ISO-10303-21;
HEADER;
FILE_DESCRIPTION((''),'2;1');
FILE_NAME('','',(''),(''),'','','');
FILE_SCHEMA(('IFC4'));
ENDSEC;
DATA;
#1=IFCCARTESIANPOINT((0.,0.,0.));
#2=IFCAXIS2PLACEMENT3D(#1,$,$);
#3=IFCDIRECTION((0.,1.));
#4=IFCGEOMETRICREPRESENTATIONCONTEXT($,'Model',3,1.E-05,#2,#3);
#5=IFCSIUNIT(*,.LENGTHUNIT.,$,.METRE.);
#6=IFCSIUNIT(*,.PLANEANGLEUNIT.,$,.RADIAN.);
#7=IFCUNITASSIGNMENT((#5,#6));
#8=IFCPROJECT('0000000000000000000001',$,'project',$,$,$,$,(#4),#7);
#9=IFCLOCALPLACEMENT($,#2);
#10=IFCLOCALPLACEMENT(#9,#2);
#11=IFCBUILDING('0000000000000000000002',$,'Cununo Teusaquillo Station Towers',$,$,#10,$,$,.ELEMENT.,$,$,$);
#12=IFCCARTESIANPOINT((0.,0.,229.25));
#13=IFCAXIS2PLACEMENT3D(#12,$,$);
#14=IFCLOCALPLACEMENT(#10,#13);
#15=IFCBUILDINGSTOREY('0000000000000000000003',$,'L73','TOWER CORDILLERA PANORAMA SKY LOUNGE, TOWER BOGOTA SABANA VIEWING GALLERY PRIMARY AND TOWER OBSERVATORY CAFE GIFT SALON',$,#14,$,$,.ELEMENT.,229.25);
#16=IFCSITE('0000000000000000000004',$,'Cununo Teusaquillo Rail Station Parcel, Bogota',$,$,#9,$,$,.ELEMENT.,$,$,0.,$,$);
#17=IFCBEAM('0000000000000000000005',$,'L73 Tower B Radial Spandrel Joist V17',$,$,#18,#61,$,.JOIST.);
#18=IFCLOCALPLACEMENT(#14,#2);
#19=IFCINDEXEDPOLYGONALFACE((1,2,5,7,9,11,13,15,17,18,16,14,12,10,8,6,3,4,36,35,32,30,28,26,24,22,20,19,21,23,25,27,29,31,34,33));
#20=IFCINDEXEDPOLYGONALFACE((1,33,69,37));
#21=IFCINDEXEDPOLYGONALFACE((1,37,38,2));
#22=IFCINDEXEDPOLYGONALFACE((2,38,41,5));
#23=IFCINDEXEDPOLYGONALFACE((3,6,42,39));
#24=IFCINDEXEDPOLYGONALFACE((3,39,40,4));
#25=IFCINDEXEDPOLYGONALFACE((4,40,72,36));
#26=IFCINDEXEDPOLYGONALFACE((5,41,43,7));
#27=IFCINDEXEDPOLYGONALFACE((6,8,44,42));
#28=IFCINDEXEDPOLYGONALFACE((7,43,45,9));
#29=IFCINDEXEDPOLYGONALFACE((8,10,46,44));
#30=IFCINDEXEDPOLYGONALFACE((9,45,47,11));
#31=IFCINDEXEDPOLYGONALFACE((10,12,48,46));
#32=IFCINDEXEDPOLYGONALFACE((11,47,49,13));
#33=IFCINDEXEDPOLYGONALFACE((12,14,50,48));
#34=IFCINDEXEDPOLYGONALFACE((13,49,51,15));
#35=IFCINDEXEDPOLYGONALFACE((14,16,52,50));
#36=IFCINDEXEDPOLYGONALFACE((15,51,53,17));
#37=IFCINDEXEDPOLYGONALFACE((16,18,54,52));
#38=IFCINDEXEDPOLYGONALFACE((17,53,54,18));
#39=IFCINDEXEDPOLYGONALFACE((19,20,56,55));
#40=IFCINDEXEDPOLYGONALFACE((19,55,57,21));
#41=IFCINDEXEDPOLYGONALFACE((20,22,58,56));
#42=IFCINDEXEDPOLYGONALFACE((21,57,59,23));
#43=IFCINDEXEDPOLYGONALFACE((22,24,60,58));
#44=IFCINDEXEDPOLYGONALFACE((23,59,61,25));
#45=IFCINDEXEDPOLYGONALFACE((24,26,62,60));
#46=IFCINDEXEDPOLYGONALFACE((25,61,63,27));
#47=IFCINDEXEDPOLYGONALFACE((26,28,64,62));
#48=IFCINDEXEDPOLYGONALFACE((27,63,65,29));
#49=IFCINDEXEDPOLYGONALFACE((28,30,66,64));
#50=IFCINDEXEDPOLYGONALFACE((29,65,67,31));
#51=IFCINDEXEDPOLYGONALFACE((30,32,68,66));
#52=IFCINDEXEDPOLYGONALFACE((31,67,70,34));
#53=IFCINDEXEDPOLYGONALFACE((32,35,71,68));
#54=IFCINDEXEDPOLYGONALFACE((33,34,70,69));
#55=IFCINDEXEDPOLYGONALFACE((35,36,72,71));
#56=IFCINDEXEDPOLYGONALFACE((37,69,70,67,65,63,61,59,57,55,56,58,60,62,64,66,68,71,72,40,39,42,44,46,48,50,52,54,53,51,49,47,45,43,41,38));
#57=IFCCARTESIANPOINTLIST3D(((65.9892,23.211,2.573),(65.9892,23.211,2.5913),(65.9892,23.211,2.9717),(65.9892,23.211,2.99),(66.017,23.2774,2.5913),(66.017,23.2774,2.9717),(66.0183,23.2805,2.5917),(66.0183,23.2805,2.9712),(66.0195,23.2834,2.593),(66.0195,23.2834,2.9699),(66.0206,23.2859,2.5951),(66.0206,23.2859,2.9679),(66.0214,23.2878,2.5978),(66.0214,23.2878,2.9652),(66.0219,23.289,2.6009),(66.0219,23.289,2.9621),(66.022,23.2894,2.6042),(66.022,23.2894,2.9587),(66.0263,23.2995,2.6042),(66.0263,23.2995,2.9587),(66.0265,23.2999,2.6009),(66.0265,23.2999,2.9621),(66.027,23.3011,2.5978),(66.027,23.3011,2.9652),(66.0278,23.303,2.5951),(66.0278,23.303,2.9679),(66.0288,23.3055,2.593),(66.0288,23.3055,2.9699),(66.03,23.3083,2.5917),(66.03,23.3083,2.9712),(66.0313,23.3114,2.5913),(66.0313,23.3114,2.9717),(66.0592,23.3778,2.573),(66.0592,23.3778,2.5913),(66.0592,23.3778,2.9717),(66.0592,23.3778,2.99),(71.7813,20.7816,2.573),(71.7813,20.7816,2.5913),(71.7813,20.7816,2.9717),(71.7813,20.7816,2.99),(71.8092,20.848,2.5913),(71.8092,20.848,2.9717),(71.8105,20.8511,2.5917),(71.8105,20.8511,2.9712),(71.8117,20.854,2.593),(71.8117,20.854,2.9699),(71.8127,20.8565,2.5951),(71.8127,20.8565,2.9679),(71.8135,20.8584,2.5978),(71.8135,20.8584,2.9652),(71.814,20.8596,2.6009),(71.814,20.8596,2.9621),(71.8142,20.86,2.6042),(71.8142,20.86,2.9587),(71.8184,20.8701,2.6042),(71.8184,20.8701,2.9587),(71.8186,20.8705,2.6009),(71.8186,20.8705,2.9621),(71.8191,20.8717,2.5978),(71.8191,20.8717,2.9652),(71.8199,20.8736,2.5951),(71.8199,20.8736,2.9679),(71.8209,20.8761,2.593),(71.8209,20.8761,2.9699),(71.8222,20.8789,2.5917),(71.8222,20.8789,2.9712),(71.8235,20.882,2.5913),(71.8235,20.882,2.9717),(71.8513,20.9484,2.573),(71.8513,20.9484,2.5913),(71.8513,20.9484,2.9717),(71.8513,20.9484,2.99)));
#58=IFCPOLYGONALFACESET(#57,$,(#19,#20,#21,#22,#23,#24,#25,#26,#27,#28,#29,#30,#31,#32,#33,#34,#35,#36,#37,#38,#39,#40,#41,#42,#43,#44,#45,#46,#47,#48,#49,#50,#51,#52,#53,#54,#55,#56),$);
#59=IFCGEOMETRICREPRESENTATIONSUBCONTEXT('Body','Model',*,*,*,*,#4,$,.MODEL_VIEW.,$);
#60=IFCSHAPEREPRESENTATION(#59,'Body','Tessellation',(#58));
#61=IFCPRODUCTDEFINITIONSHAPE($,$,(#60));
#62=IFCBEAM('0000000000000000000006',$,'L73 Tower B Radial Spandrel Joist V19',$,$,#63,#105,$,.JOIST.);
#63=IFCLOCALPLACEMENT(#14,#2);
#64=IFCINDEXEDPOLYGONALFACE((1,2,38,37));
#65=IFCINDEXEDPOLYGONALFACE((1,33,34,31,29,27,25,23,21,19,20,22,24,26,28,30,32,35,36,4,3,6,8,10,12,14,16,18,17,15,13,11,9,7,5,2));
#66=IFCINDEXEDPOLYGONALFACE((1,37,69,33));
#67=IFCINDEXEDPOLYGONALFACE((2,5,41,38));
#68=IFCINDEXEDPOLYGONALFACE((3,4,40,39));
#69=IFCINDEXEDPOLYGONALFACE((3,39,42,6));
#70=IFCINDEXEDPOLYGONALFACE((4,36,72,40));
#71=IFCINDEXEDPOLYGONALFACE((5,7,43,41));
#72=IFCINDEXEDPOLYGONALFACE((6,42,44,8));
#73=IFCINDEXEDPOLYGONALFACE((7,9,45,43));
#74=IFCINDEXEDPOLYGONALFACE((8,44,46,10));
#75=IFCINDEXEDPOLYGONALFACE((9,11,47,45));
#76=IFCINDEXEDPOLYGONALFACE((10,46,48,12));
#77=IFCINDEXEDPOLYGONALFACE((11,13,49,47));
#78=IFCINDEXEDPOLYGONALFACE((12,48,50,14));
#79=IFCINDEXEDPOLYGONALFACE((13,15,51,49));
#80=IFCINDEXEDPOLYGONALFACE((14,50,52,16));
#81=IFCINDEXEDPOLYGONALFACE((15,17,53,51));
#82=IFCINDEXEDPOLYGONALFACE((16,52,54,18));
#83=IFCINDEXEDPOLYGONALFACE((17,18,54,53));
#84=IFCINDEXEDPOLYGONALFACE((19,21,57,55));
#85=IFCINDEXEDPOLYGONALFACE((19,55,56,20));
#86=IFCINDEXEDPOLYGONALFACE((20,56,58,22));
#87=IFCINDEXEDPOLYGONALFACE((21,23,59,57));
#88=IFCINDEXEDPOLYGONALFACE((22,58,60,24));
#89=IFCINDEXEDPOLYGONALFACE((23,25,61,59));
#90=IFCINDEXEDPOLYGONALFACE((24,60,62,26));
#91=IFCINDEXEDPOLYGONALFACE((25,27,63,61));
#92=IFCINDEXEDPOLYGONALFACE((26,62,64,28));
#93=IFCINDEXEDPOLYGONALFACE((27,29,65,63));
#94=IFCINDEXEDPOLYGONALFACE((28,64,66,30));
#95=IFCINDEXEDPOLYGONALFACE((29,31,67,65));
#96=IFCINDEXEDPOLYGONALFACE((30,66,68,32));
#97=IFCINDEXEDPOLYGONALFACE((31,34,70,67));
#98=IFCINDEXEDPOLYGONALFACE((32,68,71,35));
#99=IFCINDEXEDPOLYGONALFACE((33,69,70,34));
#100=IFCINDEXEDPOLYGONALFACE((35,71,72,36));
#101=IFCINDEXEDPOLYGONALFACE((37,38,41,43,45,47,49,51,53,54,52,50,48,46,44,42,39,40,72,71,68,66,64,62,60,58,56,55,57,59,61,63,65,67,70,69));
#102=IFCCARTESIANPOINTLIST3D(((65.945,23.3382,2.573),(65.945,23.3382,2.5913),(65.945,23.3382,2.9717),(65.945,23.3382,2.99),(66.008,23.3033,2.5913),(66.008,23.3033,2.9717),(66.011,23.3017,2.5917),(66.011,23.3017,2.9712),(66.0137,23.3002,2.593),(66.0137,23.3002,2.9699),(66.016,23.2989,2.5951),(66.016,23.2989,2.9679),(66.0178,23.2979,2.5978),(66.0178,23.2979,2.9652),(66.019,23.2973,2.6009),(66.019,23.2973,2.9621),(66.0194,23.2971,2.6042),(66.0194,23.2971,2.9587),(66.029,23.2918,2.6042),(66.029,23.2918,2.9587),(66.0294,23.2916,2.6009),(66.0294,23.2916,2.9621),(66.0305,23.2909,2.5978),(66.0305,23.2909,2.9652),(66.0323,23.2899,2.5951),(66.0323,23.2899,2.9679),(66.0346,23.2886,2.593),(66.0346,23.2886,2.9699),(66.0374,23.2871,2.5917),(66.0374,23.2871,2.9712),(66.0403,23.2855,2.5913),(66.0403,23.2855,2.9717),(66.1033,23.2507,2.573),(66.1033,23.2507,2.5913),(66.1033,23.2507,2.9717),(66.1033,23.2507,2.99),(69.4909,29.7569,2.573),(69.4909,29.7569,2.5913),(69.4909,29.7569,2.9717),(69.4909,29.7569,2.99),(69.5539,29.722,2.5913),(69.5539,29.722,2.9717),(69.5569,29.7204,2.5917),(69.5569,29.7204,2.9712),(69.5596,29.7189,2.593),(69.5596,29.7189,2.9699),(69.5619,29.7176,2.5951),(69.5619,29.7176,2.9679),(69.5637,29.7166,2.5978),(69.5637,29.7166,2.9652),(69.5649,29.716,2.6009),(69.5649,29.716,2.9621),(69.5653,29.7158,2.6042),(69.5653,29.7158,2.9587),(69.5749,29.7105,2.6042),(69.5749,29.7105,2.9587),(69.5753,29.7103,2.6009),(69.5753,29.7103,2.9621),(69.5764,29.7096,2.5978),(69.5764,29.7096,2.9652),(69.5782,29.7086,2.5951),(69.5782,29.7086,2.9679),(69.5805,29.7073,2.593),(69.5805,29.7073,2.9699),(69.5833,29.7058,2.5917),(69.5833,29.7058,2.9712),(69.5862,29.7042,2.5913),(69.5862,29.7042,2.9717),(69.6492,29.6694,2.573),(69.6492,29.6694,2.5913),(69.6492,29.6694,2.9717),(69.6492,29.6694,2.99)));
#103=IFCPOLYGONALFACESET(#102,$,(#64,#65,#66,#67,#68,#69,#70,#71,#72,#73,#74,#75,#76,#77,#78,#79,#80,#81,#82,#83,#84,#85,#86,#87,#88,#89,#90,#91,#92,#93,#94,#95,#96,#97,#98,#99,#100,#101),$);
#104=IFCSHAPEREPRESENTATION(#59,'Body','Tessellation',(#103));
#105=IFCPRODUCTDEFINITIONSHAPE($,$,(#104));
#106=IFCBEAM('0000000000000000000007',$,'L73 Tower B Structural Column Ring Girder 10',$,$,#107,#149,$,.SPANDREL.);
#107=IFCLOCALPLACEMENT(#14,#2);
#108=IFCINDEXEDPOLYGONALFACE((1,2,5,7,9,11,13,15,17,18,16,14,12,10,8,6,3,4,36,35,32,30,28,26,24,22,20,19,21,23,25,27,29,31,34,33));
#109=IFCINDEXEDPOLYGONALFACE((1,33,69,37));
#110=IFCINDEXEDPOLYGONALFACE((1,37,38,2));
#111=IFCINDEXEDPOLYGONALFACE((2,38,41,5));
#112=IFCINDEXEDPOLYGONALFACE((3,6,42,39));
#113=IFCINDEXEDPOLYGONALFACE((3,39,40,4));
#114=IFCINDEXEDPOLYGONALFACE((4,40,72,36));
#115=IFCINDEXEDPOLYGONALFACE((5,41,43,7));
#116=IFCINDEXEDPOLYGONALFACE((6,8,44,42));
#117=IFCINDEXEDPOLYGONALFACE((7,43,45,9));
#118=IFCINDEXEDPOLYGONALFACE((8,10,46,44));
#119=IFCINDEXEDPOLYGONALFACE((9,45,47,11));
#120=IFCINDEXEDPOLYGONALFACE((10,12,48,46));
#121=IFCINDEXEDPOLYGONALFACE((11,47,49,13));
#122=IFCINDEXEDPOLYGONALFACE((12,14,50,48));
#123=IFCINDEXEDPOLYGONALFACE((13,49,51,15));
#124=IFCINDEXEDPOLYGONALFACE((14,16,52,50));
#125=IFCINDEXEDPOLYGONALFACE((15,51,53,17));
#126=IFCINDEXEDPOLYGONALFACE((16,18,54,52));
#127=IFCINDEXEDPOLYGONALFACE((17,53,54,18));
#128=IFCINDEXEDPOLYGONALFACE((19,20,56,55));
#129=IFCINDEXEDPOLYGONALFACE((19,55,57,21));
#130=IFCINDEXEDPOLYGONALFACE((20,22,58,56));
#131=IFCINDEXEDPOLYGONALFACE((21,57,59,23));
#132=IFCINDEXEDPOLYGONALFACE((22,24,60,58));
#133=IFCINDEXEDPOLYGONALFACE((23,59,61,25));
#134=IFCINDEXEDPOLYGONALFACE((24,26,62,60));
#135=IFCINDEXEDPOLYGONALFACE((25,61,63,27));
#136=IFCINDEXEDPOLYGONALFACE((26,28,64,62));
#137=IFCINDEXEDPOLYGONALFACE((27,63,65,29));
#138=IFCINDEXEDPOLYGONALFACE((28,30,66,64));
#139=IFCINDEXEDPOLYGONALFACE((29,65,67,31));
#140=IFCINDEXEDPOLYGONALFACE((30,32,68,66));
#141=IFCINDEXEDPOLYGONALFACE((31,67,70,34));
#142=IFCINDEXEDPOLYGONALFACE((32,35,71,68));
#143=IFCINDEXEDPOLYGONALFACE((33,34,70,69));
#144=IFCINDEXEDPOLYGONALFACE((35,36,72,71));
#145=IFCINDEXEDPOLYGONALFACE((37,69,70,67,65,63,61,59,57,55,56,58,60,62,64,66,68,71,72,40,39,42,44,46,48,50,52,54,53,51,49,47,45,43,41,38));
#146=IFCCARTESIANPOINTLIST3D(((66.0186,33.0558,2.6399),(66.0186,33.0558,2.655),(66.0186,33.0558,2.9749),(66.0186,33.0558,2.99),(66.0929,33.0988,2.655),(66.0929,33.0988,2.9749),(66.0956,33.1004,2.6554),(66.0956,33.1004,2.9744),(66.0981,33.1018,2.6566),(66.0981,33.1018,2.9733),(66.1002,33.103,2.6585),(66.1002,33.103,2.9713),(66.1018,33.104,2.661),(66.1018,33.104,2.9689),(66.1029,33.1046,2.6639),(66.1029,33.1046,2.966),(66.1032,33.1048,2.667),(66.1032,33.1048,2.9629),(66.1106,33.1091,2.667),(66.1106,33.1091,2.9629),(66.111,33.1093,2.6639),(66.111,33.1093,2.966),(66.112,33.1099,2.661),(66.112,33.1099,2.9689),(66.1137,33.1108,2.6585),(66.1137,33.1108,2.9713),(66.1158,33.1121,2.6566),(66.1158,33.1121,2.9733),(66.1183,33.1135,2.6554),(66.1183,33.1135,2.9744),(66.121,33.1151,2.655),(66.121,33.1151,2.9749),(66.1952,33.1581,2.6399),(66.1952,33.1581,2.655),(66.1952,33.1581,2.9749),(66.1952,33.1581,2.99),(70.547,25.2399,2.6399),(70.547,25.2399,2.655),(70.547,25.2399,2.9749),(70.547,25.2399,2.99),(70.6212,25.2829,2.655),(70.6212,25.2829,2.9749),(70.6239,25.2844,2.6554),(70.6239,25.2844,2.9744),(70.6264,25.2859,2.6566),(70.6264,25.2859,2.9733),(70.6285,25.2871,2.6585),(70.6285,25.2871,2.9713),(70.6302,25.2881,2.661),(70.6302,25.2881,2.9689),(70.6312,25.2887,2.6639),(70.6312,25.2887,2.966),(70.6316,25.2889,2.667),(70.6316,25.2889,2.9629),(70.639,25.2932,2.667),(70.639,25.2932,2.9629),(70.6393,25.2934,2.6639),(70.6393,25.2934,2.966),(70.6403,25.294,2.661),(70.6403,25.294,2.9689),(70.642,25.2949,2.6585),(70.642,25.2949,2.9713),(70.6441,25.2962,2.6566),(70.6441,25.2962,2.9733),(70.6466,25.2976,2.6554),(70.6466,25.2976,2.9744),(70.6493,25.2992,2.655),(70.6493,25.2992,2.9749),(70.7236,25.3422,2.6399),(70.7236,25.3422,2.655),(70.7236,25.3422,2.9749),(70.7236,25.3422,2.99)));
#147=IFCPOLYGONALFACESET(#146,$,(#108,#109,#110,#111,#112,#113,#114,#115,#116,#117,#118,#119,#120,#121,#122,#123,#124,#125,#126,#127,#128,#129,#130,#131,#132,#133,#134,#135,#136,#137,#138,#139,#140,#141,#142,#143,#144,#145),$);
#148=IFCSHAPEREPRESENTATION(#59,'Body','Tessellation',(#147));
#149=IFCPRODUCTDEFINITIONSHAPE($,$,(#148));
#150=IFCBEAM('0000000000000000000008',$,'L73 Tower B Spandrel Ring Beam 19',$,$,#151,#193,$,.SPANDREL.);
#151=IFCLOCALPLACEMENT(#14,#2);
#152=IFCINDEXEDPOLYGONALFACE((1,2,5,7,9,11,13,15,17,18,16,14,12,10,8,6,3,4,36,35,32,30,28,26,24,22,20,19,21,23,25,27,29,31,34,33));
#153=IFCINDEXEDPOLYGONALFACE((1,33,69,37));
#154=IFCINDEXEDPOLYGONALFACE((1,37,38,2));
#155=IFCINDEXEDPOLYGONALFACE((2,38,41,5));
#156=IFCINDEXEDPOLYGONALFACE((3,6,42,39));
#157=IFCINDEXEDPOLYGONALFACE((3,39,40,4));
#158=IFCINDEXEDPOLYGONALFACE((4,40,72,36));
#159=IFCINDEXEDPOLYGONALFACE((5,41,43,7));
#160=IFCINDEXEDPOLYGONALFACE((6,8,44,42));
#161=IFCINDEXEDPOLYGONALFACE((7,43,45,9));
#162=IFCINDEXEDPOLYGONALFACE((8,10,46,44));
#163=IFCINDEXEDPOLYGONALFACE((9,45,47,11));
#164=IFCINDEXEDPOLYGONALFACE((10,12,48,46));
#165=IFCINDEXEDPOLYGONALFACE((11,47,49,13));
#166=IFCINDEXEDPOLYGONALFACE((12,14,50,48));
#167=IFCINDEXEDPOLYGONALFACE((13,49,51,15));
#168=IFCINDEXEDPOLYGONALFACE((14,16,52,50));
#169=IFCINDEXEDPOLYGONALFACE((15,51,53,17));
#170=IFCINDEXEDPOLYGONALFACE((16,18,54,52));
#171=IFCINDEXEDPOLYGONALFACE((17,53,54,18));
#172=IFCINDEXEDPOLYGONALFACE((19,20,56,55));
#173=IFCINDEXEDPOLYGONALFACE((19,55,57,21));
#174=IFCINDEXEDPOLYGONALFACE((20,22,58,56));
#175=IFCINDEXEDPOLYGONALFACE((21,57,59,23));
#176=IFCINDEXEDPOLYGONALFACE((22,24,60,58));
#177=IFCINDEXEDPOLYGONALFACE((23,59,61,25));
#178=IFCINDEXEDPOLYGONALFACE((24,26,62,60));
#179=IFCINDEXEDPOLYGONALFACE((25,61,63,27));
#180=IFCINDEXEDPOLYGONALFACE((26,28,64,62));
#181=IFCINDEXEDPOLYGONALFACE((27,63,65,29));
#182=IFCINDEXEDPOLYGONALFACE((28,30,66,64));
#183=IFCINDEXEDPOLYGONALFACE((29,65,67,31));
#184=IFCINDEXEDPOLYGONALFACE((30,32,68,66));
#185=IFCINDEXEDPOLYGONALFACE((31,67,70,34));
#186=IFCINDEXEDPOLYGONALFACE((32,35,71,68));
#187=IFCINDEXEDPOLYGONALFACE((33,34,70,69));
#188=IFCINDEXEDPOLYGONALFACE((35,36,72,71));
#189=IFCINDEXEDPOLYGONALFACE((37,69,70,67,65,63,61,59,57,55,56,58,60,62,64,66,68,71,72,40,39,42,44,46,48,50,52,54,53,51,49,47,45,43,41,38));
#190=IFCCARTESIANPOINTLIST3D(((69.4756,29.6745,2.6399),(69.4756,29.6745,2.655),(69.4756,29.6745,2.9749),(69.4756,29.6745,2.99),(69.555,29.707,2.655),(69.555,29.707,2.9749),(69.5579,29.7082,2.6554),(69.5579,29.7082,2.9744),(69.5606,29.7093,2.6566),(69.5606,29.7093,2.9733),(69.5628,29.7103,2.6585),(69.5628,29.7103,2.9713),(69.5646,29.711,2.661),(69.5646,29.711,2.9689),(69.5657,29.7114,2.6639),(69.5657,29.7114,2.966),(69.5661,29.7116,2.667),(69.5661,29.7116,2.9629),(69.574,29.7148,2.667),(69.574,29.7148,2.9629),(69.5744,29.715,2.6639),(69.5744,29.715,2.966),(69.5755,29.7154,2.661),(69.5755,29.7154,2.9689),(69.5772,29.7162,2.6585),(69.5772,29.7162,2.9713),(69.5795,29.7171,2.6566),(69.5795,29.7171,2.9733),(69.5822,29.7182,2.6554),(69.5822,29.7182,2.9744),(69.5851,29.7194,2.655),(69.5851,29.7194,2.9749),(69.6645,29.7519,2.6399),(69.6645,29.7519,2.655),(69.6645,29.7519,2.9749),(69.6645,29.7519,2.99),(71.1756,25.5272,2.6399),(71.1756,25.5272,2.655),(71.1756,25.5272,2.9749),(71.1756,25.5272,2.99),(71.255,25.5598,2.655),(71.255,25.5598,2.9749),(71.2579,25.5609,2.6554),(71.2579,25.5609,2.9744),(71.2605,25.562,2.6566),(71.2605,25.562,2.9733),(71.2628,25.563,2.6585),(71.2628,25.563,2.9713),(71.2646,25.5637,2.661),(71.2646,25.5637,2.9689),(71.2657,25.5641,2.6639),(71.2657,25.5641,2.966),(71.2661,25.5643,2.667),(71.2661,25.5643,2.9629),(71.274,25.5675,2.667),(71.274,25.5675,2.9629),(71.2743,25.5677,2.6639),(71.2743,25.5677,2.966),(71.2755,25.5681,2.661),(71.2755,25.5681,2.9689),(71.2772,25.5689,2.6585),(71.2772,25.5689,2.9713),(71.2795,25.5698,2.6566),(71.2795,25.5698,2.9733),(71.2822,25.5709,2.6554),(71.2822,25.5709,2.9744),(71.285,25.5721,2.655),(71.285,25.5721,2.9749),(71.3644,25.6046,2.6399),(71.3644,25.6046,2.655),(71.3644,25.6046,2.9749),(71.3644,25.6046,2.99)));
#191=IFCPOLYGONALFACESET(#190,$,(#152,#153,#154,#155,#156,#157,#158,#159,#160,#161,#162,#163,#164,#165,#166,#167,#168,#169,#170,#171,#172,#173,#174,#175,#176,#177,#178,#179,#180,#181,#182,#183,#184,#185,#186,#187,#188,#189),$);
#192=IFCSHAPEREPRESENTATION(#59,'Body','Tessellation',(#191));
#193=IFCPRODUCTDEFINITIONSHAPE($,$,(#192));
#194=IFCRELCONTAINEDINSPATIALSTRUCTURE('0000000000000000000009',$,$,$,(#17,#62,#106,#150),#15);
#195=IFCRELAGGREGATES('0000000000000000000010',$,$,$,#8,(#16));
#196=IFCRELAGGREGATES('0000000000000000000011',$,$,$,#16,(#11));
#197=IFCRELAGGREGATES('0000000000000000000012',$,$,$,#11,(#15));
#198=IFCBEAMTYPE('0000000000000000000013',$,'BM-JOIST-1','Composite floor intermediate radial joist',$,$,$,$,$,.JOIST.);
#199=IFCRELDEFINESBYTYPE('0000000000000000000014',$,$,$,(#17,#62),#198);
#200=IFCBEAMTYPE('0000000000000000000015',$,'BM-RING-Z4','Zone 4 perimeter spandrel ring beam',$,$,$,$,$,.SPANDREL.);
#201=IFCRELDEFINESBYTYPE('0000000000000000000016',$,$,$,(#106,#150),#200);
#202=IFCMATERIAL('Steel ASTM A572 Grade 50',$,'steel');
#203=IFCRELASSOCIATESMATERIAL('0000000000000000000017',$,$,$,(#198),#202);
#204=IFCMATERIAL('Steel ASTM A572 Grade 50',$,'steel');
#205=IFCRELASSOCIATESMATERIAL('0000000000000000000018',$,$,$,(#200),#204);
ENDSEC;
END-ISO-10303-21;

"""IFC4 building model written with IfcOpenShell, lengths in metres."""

from ifc_helpers import new_model, si_unit, direction, frame, origin, origin_2d, place, context, subcontext, project, spatial, i_section, extrude, material, material_profile, profile_set, type_object, element, save


model = new_model("IFC4")

# Units and contexts
model_context = context("Model", 3, precision=1e-05, world=origin(), true_north=direction((0.0, 1.0)))
body_context = subcontext(model_context, "Body", "Model", "MODEL_VIEW")
ifc_project = project(units=[si_unit("LENGTHUNIT", "METRE"), si_unit("PLANEANGLEUNIT", "RADIAN")], contexts=[model_context])

# Site, building, storey
site_placement = place(None, origin())
site = spatial("IfcSite", under=ifc_project, at=site_placement, Name="Cununo Teusaquillo Rail Station Parcel, Bogota", CompositionType="ELEMENT", RefElevation=0.0)
building_placement = place(site_placement, origin())
building = spatial("IfcBuilding", under=site, at=building_placement, Name="Cununo Teusaquillo Station Towers", CompositionType="ELEMENT")
storey_placement = place(building_placement, frame((0.0, 0.0, 229.25)))
storey = spatial("IfcBuildingStorey", under=building, at=storey_placement, Name="L73", Description="TOWER CORDILLERA PANORAMA SKY LOUNGE, TOWER BOGOTA SABANA VIEWING GALLERY PRIMARY AND TOWER OBSERVATORY CAFE GIFT SALON", CompositionType="ELEMENT", Elevation=229.25)

# Beams
ifc_material_1 = material(Name="Steel ASTM A572 Grade 50", Category="steel")
ifc_material_profile_1 = material_profile(ifc_material_1, i_section(OverallWidth=0.1809, OverallDepth=0.417, WebThickness=0.011, FlangeThickness=0.0183, FilletRadius=0.0129, at=origin_2d()), Name="W16X57")
ifc_profile_set_1 = profile_set([ifc_material_profile_1], Name="Steel ASTM A572 Grade 50")
beam_type_1 = type_object("IfcBeamType", Name="BM-JOIST-1", Description="Composite floor intermediate radial joist", PredefinedType="JOIST", material=ifc_profile_set_1)
beam_1_placement = place(storey_placement, frame((66.0242, 23.2944, 2.7815), z_axis=(0.922169, -0.386786, 0.0), x_axis=(0.386786, 0.922169, 0.0)))
element("IfcBeam", 1, at=beam_1_placement, inside=storey, type_object=beam_type_1, Name="L73 Tower B Radial Spandrel Joist V17", PredefinedType="JOIST", context=body_context, shape_type="SweptSolid", body=[
    extrude(i_section(OverallWidth=0.1809, OverallDepth=0.417, WebThickness=0.011, FlangeThickness=0.0183, FilletRadius=0.0129, at=origin_2d()), origin(), (0.0, 0.0, 1.0), 6.281),
])
beam_2_placement = place(storey_placement, frame((66.0242, 23.2944, 2.7815), z_axis=(0.483553, 0.875315, 0.0), x_axis=(-0.875315, 0.483553, 0.0)))
element("IfcBeam", 2, at=beam_2_placement, inside=storey, type_object=beam_type_1, Name="L73 Tower B Radial Spandrel Joist V19", PredefinedType="JOIST", context=body_context, shape_type="SweptSolid", body=[
    extrude(i_section(OverallWidth=0.1809, OverallDepth=0.417, WebThickness=0.011, FlangeThickness=0.0183, FilletRadius=0.0129, at=origin_2d()), origin(), (0.0, 0.0, 1.0), 7.333),
])
ifc_material_2 = material(Name="Steel ASTM A572 Grade 50", Category="steel")
ifc_material_profile_2 = material_profile(ifc_material_2, i_section(OverallWidth=0.2041, OverallDepth=0.3501, WebThickness=0.0085, FlangeThickness=0.0151, FilletRadius=0.012, at=origin_2d()), Name="W14X48")
ifc_profile_set_2 = profile_set([ifc_material_profile_2], Name="Steel ASTM A572 Grade 50")
beam_type_2 = type_object("IfcBeamType", Name="BM-RING-Z4", Description="Zone 4 perimeter spandrel ring beam", PredefinedType="SPANDREL", material=ifc_profile_set_2)
beam_3_placement = place(storey_placement, frame((70.6353, 25.291, 2.8149), z_axis=(-0.501311, 0.865267, 0.0), x_axis=(-0.865267, -0.501311, 0.0)))
element("IfcBeam", 3, at=beam_3_placement, inside=storey, type_object=beam_type_2, Name="L73 Tower B Structural Column Ring Girder 10", PredefinedType="SPANDREL", context=body_context, shape_type="SweptSolid", body=[
    extrude(i_section(OverallWidth=0.2041, OverallDepth=0.3501, WebThickness=0.0085, FlangeThickness=0.0151, FilletRadius=0.012, at=origin_2d()), origin(), (0.0, 0.0, 1.0), 9.033),
])
beam_4_placement = place(storey_placement, frame((71.27, 25.5659, 2.8149), z_axis=(-0.379275, 0.925284, 0.0), x_axis=(-0.925284, -0.379275, 0.0)))
element("IfcBeam", 4, at=beam_4_placement, inside=storey, type_object=beam_type_2, Name="L73 Tower B Spandrel Ring Beam 19", PredefinedType="SPANDREL", context=body_context, shape_type="SweptSolid", body=[
    extrude(i_section(OverallWidth=0.2041, OverallDepth=0.3501, WebThickness=0.0085, FlangeThickness=0.0151, FilletRadius=0.012, at=origin_2d()), origin(), (0.0, 0.0, 1.0), 4.4822),
])

save(model, "model.ifc")
